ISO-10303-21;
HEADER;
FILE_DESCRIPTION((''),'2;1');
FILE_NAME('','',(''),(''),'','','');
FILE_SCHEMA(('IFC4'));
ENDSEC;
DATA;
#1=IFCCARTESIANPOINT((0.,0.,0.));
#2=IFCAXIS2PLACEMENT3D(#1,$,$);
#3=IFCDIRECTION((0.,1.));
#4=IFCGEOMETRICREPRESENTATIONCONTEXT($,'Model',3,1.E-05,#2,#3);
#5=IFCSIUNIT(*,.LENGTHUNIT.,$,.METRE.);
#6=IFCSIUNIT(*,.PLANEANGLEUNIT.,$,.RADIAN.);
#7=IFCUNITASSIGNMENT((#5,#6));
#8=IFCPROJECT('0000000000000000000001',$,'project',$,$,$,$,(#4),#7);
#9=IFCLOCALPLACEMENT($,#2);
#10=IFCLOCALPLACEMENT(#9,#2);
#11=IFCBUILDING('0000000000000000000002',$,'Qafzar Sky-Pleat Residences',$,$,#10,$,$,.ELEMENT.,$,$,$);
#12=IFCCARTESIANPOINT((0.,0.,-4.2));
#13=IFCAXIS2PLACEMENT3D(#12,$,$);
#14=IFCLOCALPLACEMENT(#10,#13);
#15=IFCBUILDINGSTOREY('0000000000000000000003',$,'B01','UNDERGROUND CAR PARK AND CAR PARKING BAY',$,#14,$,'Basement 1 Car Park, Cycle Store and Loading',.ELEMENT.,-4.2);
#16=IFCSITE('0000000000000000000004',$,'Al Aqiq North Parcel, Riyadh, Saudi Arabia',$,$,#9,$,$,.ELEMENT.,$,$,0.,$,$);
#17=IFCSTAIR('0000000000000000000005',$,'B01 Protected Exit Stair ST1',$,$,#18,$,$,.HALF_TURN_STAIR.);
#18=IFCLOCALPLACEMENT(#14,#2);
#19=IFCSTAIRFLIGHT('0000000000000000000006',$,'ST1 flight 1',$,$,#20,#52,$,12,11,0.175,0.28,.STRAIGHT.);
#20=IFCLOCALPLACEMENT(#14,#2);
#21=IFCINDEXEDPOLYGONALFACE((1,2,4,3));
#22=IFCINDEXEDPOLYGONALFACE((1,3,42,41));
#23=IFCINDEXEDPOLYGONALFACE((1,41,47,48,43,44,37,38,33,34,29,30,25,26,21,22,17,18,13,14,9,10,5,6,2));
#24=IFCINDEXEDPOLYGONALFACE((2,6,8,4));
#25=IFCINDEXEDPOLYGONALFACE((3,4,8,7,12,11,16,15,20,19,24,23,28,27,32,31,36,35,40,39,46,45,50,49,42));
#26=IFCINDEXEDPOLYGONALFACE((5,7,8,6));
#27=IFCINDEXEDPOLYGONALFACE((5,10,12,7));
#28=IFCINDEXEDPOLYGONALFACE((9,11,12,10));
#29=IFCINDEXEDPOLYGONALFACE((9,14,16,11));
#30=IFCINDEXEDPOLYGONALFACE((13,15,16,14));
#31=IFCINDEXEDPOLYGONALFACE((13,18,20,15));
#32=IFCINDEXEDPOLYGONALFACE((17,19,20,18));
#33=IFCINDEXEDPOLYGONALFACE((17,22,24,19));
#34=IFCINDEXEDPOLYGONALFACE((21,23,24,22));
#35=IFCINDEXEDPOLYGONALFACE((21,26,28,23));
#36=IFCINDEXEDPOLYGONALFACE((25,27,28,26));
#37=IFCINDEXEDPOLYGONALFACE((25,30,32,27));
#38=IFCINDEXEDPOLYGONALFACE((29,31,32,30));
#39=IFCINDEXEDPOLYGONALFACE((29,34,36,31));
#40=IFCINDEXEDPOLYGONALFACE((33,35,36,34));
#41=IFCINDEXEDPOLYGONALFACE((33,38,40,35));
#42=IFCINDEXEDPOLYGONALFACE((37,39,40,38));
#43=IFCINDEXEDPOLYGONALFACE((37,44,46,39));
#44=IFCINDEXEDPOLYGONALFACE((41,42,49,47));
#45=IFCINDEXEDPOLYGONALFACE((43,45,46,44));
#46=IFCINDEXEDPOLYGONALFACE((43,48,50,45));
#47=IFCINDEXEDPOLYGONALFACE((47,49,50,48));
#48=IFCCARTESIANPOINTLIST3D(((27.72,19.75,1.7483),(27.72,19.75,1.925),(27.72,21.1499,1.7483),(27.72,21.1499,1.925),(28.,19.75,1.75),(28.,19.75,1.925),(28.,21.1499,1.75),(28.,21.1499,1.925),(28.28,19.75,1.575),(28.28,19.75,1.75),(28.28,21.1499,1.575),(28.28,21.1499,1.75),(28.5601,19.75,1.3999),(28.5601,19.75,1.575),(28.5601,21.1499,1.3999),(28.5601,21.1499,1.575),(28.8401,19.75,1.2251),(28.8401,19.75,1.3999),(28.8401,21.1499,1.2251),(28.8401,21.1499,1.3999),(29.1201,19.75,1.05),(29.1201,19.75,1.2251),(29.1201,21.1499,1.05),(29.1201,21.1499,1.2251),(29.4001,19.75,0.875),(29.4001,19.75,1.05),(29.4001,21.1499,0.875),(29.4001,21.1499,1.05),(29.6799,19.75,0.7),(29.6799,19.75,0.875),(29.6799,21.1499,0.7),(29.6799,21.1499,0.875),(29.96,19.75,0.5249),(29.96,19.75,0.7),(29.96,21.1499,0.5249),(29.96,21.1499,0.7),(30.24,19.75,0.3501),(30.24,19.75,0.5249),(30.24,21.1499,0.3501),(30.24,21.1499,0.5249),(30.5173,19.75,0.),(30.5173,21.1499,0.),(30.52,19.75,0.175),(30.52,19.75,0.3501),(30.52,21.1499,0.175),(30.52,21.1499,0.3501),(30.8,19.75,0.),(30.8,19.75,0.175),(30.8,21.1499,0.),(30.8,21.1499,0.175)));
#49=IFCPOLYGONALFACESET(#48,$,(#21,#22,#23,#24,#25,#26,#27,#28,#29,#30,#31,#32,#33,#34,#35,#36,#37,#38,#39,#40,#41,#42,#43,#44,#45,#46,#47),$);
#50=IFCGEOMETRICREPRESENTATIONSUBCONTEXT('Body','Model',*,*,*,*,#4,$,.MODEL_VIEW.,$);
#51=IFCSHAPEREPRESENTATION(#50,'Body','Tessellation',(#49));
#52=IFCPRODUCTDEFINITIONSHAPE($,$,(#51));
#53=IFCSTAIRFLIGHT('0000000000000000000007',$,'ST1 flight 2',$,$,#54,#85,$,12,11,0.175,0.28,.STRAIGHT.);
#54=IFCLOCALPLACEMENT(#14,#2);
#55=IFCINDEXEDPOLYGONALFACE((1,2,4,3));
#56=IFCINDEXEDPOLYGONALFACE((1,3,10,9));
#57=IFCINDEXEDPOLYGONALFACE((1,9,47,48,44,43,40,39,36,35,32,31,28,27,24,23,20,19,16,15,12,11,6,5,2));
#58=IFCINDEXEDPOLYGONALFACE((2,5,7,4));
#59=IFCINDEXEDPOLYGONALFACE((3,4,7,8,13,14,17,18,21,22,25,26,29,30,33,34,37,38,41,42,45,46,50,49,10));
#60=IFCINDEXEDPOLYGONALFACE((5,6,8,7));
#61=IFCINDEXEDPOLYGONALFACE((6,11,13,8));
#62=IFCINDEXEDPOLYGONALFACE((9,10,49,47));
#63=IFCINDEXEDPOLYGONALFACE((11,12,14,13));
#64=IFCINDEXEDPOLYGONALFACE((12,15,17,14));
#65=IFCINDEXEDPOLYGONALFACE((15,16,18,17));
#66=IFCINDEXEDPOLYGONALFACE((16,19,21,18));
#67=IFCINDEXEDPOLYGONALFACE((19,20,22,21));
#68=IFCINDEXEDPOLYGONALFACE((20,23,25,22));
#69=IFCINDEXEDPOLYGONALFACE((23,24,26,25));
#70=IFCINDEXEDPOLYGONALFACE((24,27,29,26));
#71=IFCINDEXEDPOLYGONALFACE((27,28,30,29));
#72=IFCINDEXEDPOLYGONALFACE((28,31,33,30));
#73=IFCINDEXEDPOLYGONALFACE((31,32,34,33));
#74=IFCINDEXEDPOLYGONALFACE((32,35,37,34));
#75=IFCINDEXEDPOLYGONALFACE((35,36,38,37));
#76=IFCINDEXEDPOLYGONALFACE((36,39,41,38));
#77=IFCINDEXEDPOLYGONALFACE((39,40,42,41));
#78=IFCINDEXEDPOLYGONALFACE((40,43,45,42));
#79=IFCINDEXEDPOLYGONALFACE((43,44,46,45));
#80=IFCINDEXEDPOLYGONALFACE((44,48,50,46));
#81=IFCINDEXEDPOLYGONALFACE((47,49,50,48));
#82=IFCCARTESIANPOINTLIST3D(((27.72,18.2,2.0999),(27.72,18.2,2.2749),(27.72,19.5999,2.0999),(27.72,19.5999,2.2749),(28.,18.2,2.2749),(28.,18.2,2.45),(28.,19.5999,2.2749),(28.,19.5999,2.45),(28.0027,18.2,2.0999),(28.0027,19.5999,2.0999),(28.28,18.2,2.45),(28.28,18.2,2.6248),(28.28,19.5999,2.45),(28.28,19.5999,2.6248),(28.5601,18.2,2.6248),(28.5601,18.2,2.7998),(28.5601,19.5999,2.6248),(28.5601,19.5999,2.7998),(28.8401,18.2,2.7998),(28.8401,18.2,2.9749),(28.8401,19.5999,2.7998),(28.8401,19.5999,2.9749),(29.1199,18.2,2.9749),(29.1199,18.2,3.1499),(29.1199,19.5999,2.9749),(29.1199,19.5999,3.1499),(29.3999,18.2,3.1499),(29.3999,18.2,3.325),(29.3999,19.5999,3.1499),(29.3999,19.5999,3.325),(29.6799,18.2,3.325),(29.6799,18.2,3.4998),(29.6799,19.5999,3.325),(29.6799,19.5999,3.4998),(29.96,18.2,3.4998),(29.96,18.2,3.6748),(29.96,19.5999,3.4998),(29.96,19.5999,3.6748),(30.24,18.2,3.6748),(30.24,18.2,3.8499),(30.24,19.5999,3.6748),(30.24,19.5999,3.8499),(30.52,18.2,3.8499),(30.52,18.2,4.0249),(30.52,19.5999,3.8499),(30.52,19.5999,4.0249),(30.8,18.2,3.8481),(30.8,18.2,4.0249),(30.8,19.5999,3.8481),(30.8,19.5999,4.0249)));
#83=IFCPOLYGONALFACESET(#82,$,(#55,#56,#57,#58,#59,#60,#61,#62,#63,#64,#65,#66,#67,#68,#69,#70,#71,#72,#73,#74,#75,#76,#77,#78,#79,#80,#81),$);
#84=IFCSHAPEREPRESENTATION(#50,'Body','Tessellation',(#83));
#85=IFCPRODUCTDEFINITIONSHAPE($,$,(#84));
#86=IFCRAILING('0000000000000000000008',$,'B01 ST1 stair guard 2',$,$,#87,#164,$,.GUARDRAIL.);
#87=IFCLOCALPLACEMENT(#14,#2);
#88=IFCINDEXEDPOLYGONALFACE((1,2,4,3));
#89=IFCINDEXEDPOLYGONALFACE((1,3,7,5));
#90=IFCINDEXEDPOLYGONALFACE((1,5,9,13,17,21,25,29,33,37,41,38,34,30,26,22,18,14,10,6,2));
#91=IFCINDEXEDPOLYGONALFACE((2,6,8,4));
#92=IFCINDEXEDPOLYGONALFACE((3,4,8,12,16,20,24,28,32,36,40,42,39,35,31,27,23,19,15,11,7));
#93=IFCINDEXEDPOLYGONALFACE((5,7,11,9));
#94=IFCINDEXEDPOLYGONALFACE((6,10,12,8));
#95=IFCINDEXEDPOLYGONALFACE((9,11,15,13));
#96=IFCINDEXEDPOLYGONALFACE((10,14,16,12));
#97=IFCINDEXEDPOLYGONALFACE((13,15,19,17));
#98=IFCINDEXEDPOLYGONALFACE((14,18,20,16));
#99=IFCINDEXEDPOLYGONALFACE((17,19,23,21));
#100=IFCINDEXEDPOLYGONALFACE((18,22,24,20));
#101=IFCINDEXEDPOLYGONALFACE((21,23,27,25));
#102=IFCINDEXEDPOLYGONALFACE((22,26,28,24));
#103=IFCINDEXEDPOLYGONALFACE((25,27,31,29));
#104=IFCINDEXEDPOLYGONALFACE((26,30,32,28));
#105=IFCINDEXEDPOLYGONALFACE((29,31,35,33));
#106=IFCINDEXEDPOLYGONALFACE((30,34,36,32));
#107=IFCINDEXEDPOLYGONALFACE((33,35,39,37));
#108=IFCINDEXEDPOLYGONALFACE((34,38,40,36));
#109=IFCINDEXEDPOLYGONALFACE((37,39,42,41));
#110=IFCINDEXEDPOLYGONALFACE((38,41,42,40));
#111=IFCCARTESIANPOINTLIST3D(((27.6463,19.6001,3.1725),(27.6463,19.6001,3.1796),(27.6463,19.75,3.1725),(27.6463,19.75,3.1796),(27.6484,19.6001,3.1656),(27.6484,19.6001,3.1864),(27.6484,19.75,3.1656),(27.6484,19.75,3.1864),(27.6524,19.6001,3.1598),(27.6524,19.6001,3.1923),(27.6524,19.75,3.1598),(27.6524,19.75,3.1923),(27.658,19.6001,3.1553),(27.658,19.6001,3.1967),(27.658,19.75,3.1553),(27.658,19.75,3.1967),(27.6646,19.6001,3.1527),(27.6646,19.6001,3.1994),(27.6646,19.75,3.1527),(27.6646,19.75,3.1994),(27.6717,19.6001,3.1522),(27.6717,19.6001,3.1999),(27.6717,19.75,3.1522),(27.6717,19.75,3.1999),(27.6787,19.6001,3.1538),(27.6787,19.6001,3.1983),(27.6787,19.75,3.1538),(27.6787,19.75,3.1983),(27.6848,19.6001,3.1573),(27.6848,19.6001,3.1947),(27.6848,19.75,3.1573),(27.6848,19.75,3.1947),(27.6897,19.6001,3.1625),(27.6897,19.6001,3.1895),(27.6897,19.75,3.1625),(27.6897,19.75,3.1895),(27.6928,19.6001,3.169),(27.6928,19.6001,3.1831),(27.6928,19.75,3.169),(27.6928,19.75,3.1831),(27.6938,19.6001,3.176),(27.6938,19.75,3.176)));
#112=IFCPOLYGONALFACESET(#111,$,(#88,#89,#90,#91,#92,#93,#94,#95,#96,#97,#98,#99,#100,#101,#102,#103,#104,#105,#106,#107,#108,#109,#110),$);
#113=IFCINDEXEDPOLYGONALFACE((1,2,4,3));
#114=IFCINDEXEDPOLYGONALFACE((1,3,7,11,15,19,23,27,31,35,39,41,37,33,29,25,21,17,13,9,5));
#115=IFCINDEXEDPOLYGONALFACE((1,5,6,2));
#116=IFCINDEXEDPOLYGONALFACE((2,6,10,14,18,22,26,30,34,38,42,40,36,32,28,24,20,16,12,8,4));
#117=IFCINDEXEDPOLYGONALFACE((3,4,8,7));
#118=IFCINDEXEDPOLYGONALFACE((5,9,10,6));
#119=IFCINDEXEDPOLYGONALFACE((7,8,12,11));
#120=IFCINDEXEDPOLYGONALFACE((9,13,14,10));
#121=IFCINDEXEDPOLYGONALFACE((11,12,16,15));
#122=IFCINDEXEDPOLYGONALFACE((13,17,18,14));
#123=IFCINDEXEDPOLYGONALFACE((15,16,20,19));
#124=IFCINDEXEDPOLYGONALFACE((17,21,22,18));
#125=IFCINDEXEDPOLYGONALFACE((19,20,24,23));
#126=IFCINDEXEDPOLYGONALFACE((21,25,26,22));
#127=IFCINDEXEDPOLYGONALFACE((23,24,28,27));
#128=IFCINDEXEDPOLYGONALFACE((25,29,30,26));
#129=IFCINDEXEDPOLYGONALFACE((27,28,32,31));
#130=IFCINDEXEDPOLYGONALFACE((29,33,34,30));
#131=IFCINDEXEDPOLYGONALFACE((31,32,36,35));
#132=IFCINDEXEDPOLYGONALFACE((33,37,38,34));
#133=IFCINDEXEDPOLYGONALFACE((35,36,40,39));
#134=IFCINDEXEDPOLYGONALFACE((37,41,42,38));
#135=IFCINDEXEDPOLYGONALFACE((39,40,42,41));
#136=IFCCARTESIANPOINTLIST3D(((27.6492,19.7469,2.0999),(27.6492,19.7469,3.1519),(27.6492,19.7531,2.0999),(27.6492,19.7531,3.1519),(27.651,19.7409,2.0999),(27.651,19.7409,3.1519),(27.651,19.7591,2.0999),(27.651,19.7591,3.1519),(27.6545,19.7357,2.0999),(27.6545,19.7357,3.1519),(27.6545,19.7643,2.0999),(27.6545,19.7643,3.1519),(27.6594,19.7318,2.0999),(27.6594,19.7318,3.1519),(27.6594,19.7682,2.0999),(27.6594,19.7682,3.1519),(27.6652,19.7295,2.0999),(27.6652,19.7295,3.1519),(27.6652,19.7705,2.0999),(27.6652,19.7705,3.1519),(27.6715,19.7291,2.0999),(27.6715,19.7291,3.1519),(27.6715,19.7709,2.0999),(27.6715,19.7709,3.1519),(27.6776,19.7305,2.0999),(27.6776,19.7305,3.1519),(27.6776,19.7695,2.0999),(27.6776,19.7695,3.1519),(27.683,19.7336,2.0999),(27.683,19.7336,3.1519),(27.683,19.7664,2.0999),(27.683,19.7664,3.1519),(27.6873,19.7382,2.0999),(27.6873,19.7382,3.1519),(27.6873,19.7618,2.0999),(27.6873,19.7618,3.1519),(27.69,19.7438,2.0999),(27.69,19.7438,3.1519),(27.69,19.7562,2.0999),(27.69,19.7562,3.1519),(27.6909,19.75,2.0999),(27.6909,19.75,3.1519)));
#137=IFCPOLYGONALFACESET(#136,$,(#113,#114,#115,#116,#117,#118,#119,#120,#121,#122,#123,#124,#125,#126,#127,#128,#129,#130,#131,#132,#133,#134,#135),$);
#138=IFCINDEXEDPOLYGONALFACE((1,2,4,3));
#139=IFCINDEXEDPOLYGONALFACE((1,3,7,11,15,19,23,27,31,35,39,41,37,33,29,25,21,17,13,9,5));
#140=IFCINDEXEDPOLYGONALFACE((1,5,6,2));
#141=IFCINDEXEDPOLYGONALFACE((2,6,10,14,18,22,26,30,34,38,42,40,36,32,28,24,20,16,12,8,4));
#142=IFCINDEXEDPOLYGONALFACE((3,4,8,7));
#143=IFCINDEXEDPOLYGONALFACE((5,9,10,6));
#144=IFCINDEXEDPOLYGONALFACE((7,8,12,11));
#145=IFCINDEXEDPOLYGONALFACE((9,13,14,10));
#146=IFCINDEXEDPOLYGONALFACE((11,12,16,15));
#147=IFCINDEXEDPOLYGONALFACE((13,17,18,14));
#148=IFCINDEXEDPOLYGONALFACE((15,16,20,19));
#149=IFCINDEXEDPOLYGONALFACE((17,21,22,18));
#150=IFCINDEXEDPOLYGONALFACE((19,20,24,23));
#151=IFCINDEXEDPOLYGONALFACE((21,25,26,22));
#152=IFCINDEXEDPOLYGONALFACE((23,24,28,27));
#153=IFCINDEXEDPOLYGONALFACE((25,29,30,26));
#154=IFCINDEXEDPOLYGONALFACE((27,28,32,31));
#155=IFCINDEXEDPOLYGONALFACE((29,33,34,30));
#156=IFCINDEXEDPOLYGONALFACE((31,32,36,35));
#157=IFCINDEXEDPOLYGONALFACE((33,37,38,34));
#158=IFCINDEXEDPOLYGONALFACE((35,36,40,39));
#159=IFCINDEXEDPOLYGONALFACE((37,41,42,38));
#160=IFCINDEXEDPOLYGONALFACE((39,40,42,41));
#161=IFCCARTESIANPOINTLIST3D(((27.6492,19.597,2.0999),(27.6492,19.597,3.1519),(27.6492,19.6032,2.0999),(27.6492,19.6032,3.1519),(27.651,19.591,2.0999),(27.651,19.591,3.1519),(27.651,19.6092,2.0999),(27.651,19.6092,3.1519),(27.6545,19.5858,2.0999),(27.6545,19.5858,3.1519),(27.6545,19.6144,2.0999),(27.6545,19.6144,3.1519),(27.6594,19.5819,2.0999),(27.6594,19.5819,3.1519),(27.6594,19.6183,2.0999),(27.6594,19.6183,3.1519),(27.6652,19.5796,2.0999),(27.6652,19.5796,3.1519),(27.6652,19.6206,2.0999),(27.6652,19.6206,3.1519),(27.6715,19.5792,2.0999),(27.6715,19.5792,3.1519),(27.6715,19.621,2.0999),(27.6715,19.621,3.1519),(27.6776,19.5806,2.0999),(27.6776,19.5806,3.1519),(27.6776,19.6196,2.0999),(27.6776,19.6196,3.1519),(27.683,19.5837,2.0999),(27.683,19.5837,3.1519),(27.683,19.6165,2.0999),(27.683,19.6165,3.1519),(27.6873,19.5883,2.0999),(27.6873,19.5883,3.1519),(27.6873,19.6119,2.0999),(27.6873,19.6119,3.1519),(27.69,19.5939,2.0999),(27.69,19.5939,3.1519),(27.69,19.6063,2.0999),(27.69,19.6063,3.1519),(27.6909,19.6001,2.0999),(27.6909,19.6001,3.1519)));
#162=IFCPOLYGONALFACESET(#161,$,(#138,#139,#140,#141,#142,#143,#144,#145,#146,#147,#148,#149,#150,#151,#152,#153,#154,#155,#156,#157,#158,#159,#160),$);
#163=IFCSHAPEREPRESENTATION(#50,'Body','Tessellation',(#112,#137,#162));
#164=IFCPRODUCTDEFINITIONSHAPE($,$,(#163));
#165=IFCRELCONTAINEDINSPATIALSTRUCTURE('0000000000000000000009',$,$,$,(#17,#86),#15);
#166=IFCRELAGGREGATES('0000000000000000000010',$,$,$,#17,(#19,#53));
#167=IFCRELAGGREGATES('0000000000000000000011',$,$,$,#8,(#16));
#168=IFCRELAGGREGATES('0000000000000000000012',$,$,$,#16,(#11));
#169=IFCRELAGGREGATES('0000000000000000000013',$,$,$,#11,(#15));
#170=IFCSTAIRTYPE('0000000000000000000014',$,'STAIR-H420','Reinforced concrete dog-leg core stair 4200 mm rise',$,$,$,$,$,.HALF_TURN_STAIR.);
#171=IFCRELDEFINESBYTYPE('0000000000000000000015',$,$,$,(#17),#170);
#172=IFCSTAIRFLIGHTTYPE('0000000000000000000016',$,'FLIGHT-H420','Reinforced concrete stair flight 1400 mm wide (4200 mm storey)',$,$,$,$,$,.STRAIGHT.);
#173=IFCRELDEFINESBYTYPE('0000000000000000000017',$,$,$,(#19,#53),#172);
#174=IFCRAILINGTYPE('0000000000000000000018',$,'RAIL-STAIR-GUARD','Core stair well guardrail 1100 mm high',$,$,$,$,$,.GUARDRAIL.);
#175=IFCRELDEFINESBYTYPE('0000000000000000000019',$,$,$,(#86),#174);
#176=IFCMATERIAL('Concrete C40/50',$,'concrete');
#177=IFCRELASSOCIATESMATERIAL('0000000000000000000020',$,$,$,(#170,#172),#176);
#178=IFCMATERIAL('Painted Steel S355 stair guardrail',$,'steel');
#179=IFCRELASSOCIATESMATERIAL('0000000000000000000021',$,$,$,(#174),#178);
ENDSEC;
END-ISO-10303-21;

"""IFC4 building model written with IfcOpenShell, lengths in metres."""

from ifc_helpers import new_model, si_unit, direction, frame, origin, origin_2d, place, context, subcontext, project, spatial, polyline, circle, outline, extrude, source, transform, mapped, material, type_object, element, aggregate, save


model = new_model("IFC4")

# Units and contexts
model_context = context("Model", 3, precision=1e-05, world=origin(), true_north=direction((0.0, 1.0)))
body_context = subcontext(model_context, "Body", "Model", "MODEL_VIEW")
ifc_project = project(units=[si_unit("LENGTHUNIT", "METRE"), si_unit("PLANEANGLEUNIT", "RADIAN")], contexts=[model_context])

# Site, building, storey
site_placement = place(None, origin())
site = spatial("IfcSite", under=ifc_project, at=site_placement, Name="Al Aqiq North Parcel, Riyadh, Saudi Arabia", CompositionType="ELEMENT", RefElevation=0.0)
building_placement = place(site_placement, origin())
building = spatial("IfcBuilding", under=site, at=building_placement, Name="Qafzar Sky-Pleat Residences", CompositionType="ELEMENT")
storey_placement = place(building_placement, frame((0.0, 0.0, -4.2)))
storey = spatial("IfcBuildingStorey", under=building, at=storey_placement, Name="B01", Description="UNDERGROUND CAR PARK AND CAR PARKING BAY", LongName="Basement 1 Car Park, Cycle Store and Loading", CompositionType="ELEMENT", Elevation=-4.2)

# Stair, stair flights
ifc_material_1 = material(Name="Concrete C40/50", Category="concrete")
stair_type = type_object("IfcStairType", Name="STAIR-H420", Description="Reinforced concrete dog-leg core stair 4200 mm rise", PredefinedType="HALF_TURN_STAIR", material=ifc_material_1)
stair_placement = place(storey_placement, origin())
stair = element("IfcStair", 1, at=stair_placement, inside=storey, type_object=stair_type, Name="B01 Protected Exit Stair ST1", PredefinedType="HALF_TURN_STAIR")
stair_flight_type = type_object("IfcStairFlightType", Name="FLIGHT-H420", Description="Reinforced concrete stair flight 1400 mm wide (4200 mm storey)", PredefinedType="STRAIGHT", material=ifc_material_1)
shared_shape_1 = source(origin(), body_context, "Body", "SweptSolid", [
    extrude(outline(polyline([(0.0, 0.0), (0.0, 0.175), (0.28, 0.175), (0.28, 0.3501), (0.5601, 0.3501), (0.5601, 0.5249), (0.8401, 0.5249), (0.8401, 0.7), (1.1201, 0.7), (1.1201, 0.875), (1.3999, 0.875), (1.3999, 1.05), (1.6799, 1.05), (1.6799, 1.2251), (1.96, 1.2251), (1.96, 1.3999), (2.24, 1.3999), (2.24, 1.575), (2.52, 1.575), (2.52, 1.75), (2.8, 1.75), (2.8, 1.925), (3.0801, 1.925), (3.0801, 2.1001), (3.0801, 1.7483), (0.2827, 0.0), (0.0, 0.0)])), frame((0.0, 0.7, 0.0), z_axis=(0.0, -1.0, 0.0), x_axis=(1.0, 0.0, 0.0)), (0.0, 0.0, 1.0), 1.3999),
])
stair_flight_1_placement = place(storey_placement, frame((30.8, 20.45, 0.0), z_axis=(0.0, 0.0, 1.0), x_axis=(-1.0, 0.0, 0.0)))
stair_flight_1 = element("IfcStairFlight", 2, at=stair_flight_1_placement, type_object=stair_flight_type, Name="ST1 flight 1", NumberOfRisers=12, NumberOfTreads=11, PredefinedType="STRAIGHT", RiserHeight=0.175, TreadLength=0.28, context=body_context, shape_type="MappedRepresentation", body=[
    mapped(shared_shape_1, transform((0.0, 0.0, 0.0), x_axis=(1.0, 0.0, 0.0), y_axis=(0.0, 1.0, 0.0), z_axis=(0.0, 0.0, 1.0), scale=1.0)),
])
stair_flight_2_placement = place(storey_placement, frame((27.72, 18.8999, 2.0999), z_axis=(0.0, 0.0, 1.0), x_axis=(1.0, 0.0, 0.0)))
stair_flight_2 = element("IfcStairFlight", 3, at=stair_flight_2_placement, type_object=stair_flight_type, Name="ST1 flight 2", NumberOfRisers=12, NumberOfTreads=11, PredefinedType="STRAIGHT", RiserHeight=0.175, TreadLength=0.28, context=body_context, shape_type="MappedRepresentation", body=[
    mapped(shared_shape_1, transform((0.0, 0.0, 0.0), x_axis=(1.0, 0.0, 0.0), y_axis=(0.0, 1.0, 0.0), z_axis=(0.0, 0.0, 1.0), scale=1.0)),
])
aggregate(stair, [stair_flight_1, stair_flight_2])

# Railing
ifc_material_2 = material(Name="Painted Steel S355 stair guardrail", Category="steel")
railing_type_1 = type_object("IfcRailingType", Name="RAIL-STAIR-GUARD", Description="Core stair well guardrail 1100 mm high", PredefinedType="GUARDRAIL", material=ifc_material_2)
shared_shape_2 = source(origin(), body_context, "Body", "SweptSolid", [
    extrude(circle(Radius=0.0239, at=origin_2d()), frame((0.0, 0.0, 1.0762), z_axis=(0.0, -1.0, 0.0), x_axis=(1.0, 0.0, 0.0)), (0.0, 0.0, 1.0), 0.1499),
    extrude(circle(Radius=0.021, at=origin_2d()), origin(), (0.0, 0.0, 1.0), 1.052),
    extrude(circle(Radius=0.021, at=origin_2d()), frame((0.0, -0.1499, 0.0)), (0.0, 0.0, 1.0), 1.052),
])
for number, where, name in (
    (4, (27.6699, 19.75, 2.0999), "B01 ST1 stair guard 2"),
):
    element("IfcRailing", number, at=place(storey_placement, frame(where)), inside=storey, type_object=railing_type_1, Name=name, PredefinedType="GUARDRAIL", context=body_context, shape_type="MappedRepresentation", body=[
        mapped(shared_shape_2, transform((0.0, 0.0, 0.0), x_axis=(1.0, 0.0, 0.0), y_axis=(0.0, 1.0, 0.0), z_axis=(0.0, 0.0, 1.0), scale=1.0)),
    ])

save(model, "model.ifc")
